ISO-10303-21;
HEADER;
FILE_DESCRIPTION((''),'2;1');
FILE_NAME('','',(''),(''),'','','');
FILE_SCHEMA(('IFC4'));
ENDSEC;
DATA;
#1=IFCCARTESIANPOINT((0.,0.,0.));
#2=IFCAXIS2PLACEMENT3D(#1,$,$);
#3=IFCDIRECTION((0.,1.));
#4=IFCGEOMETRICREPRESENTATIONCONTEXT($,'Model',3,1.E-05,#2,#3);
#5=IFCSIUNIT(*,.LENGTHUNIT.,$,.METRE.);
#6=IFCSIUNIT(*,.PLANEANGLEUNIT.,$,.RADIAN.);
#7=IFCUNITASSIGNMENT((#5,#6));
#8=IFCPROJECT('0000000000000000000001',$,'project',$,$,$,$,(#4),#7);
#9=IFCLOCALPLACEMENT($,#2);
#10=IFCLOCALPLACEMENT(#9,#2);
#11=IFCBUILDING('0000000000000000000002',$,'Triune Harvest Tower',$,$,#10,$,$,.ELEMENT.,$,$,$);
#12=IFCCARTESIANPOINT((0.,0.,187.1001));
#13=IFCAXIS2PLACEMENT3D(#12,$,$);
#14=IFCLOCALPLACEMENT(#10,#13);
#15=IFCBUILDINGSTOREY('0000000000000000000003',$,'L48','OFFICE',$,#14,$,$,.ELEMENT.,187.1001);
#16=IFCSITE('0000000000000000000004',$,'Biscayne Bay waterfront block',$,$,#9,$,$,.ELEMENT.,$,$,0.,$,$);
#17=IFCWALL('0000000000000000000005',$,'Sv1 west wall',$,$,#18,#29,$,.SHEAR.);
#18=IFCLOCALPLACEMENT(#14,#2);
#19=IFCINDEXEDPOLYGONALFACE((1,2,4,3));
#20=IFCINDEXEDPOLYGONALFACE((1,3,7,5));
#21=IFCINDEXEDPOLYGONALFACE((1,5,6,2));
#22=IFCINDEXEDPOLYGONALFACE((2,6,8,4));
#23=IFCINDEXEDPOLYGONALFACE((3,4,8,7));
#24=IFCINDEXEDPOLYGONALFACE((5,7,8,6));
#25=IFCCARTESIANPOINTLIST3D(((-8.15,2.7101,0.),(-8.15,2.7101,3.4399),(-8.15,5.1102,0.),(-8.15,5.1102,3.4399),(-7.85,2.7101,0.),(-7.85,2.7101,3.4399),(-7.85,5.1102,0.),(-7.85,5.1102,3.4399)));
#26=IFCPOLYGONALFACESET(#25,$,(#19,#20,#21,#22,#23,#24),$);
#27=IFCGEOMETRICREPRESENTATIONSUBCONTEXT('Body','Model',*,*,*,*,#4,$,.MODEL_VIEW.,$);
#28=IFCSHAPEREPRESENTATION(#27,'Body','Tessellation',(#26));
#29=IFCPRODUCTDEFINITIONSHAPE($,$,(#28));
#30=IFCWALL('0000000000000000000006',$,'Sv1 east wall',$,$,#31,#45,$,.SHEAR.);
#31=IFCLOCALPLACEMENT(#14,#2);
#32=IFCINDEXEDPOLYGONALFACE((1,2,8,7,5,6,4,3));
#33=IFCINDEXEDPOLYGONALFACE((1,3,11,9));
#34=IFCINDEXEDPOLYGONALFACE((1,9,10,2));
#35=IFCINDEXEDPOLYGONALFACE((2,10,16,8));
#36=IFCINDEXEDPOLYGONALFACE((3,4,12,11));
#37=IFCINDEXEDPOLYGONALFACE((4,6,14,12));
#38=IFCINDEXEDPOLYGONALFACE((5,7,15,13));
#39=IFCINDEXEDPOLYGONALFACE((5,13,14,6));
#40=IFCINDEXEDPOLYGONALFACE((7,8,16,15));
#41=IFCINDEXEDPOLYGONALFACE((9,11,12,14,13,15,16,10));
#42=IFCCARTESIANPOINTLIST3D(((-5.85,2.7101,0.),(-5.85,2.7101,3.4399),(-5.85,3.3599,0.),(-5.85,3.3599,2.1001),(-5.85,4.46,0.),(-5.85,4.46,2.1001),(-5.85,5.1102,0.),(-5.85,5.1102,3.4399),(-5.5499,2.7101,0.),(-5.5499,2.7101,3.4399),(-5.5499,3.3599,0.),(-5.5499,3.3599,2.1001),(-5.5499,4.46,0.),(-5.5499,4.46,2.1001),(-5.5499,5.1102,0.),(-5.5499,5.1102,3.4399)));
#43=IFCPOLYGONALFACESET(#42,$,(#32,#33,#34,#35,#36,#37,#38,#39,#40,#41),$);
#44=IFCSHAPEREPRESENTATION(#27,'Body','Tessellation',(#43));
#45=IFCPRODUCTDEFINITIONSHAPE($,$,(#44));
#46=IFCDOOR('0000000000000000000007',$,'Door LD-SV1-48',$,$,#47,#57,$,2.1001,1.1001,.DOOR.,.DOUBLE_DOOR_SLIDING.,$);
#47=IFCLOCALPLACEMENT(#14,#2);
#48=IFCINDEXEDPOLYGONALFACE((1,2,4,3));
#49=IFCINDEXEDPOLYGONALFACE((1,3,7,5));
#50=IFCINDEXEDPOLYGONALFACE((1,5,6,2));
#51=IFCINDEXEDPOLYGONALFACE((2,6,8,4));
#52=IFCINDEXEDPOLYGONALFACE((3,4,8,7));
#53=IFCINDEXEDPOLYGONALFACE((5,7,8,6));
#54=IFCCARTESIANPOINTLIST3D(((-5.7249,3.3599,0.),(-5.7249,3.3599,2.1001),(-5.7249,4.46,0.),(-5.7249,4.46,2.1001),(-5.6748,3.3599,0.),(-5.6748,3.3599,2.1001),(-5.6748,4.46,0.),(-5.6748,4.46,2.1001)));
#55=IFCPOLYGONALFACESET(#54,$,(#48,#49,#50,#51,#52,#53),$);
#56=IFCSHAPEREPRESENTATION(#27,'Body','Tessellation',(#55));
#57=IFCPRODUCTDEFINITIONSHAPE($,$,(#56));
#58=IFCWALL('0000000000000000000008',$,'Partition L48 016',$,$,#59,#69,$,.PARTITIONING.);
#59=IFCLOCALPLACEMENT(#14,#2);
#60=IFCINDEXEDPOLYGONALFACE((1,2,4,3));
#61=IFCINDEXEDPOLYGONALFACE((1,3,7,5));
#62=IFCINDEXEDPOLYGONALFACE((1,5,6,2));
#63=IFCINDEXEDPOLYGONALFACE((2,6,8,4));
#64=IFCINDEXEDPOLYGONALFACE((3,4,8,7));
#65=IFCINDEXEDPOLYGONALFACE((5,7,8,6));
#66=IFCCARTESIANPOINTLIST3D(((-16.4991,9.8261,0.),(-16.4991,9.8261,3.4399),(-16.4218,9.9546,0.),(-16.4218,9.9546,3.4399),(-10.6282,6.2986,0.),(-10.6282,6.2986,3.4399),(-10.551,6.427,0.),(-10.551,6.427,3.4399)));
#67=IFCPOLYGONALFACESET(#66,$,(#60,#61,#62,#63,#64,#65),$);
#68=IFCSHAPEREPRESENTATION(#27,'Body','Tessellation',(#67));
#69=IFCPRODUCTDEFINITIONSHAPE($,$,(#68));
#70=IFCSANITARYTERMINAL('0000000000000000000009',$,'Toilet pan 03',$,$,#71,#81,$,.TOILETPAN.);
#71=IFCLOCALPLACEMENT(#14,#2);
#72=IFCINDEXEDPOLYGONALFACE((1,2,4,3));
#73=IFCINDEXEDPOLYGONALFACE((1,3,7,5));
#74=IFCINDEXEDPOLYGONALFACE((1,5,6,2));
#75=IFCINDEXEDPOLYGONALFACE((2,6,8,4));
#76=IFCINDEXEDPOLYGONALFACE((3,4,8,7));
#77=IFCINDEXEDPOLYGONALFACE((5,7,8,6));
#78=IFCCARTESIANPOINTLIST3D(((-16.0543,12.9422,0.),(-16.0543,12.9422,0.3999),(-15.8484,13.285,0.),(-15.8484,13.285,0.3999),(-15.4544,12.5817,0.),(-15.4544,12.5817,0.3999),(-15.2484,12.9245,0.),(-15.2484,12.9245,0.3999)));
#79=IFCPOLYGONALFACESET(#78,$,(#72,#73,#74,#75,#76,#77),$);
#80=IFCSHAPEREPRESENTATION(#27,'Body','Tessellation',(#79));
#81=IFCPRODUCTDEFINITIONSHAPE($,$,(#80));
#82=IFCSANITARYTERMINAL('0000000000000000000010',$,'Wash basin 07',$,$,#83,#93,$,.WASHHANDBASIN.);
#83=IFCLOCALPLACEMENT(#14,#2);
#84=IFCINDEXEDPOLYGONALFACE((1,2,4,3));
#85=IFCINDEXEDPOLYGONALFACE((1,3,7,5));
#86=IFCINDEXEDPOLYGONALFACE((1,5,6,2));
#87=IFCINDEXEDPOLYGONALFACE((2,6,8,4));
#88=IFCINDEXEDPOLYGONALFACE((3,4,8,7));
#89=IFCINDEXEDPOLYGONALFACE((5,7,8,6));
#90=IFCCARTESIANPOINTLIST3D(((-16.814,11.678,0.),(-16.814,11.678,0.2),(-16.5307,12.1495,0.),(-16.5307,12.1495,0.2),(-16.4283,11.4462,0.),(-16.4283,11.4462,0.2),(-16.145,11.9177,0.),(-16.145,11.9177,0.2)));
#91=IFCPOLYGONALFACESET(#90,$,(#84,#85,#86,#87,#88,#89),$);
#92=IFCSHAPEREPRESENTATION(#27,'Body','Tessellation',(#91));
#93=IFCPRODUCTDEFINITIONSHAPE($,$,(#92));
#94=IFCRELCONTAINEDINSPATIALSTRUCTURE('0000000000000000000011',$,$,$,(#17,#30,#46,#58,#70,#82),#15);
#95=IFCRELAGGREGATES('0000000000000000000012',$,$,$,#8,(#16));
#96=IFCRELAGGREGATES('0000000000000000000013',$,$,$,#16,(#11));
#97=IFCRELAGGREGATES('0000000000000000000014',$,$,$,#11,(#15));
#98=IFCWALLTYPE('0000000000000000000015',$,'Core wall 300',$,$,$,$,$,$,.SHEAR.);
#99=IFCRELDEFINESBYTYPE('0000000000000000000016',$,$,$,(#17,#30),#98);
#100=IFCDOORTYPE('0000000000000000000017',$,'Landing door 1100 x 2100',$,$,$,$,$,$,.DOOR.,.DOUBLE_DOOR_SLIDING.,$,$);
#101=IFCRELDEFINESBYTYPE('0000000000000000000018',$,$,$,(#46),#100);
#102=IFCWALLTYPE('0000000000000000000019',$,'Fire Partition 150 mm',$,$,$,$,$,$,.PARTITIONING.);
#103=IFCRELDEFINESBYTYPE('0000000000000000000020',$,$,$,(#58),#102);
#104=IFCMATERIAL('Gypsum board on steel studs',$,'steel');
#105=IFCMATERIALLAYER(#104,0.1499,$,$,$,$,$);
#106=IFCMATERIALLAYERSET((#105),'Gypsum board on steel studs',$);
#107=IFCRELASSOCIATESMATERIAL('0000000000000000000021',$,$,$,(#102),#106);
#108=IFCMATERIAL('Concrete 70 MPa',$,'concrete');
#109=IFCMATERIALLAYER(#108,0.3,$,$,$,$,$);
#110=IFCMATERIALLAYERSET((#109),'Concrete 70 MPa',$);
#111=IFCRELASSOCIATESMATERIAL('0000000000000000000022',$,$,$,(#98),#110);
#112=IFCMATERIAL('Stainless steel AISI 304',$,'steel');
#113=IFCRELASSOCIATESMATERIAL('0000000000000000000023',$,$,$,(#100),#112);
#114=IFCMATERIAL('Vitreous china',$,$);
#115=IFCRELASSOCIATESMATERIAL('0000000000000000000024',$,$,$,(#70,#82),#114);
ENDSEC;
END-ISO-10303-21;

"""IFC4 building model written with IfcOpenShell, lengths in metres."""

from ifc_helpers import new_model, si_unit, direction, frame, frame_2d, origin, origin_2d, place, context, subcontext, project, spatial, rectangle, extrude, source, transform, mapped, material, layer, layer_set, type_object, element, fill, save


model = new_model("IFC4")

# Units and contexts
model_context = context("Model", 3, precision=1e-05, world=origin(), true_north=direction((0.0, 1.0)))
body_context = subcontext(model_context, "Body", "Model", "MODEL_VIEW")
ifc_project = project(units=[si_unit("LENGTHUNIT", "METRE"), si_unit("PLANEANGLEUNIT", "RADIAN")], contexts=[model_context])

# Site, building, storey
site_placement = place(None, origin())
site = spatial("IfcSite", under=ifc_project, at=site_placement, Name="Biscayne Bay waterfront block", CompositionType="ELEMENT", RefElevation=0.0)
building_placement = place(site_placement, origin())
building = spatial("IfcBuilding", under=site, at=building_placement, Name="Triune Harvest Tower", CompositionType="ELEMENT")
storey_placement = place(building_placement, frame((0.0, 0.0, 187.1001)))
storey = spatial("IfcBuildingStorey", under=building, at=storey_placement, Name="L48", Description="OFFICE", CompositionType="ELEMENT", Elevation=187.1001)

# Shared definitions
ifc_material_1 = material(Name="Gypsum board on steel studs", Category="steel")
ifc_layer_1 = layer(ifc_material_1, 0.1499)
ifc_layer_set_1 = layer_set([ifc_layer_1], Name="Gypsum board on steel studs")
wall_type_1 = type_object("IfcWallType", Name="Fire Partition 150 mm", PredefinedType="PARTITIONING", material=ifc_layer_set_1)

# Wall
ifc_material_2 = material(Name="Concrete 70 MPa", Category="concrete")
ifc_layer_2 = layer(ifc_material_2, 0.3)
ifc_layer_set_2 = layer_set([ifc_layer_2], Name="Concrete 70 MPa")
wall_type_2 = type_object("IfcWallType", Name="Core wall 300", PredefinedType="SHEAR", material=ifc_layer_set_2)
shared_shape_1 = source(origin(), body_context, "Body", "SweptSolid", [
    extrude(rectangle(XDim=2.4001, YDim=0.3, at=frame_2d((1.2002, 0.0))), origin(), (0.0, 0.0, 1.0), 3.4399),
])
wall_1_placement = place(storey_placement, frame((-8.0, 2.71, 0.0), z_axis=(0.0, 0.0, 1.0), x_axis=(0.0, 1.0, 0.0)))
element("IfcWall", 1, at=wall_1_placement, inside=storey, type_object=wall_type_2, Name="Sv1 west wall", PredefinedType="SHEAR", context=body_context, shape_type="MappedRepresentation", body=[
    mapped(shared_shape_1, transform((0.0, 0.0, 0.0), scale=1.0)),
])

# Wall, opening, door
wall_2_placement = place(storey_placement, frame((-5.7, 2.71, 0.0), z_axis=(0.0, 0.0, 1.0), x_axis=(0.0, 1.0, 0.0)))
wall_2 = element("IfcWall", 2, at=wall_2_placement, inside=storey, type_object=wall_type_2, Name="Sv1 east wall", PredefinedType="SHEAR", context=body_context, shape_type="MappedRepresentation", body=[
    mapped(shared_shape_1, transform((0.0, 0.0, 0.0), scale=1.0)),
])
opening_1_placement = place(wall_2_placement, frame((0.6499, 0.0, 0.0)))
opening_1 = element("IfcOpeningElement", 3, at=opening_1_placement, cuts=wall_2, PredefinedType="OPENING", context=body_context, shape_type="SweptSolid", body=[
    extrude(rectangle(XDim=1.1001, YDim=2.1001, at=frame_2d((0.55, 1.05))), frame((0.0, 0.1602, 0.0), z_axis=(0.0, -1.0, 0.0), x_axis=(1.0, 0.0, 0.0)), (0.0, 0.0, 1.0), 0.3201),
])
ifc_material_3 = material(Name="Stainless steel AISI 304", Category="steel")
door_type_1 = type_object("IfcDoorType", Name="Landing door 1100 x 2100", OperationType="DOUBLE_DOOR_SLIDING", PredefinedType="DOOR", material=ifc_material_3)
door_1_placement = place(opening_1_placement, origin())
door_1 = element("IfcDoor", 4, at=door_1_placement, inside=storey, type_object=door_type_1, Name="Door LD-SV1-48", OperationType="DOUBLE_DOOR_SLIDING", OverallHeight=2.1001, OverallWidth=1.1001, PredefinedType="DOOR", context=body_context, shape_type="SweptSolid", body=[
    extrude(rectangle(XDim=1.1001, YDim=2.1001, at=frame_2d((0.55, 1.05))), frame((0.0, 0.0249, 0.0), z_axis=(0.0, -1.0, 0.0), x_axis=(1.0, 0.0, 0.0)), (0.0, 0.0, 1.0), 0.05),
])
fill(opening_1, door_1)

# Wall
shared_shape_2 = source(origin(), body_context, "Body", "SweptSolid", [
    extrude(rectangle(XDim=6.8491, YDim=0.1499, at=frame_2d((3.4246, 0.0))), origin(), (0.0, 0.0, 1.0), 3.4399),
])
wall_3_placement = place(storey_placement, frame((-16.4604, 9.8904, 0.0), z_axis=(0.0, 0.0, 1.0), x_axis=(0.857166, -0.515041, 0.0)))
element("IfcWall", 5, at=wall_3_placement, inside=storey, type_object=wall_type_1, Name="Partition L48 016", PredefinedType="PARTITIONING", context=body_context, shape_type="MappedRepresentation", body=[
    mapped(shared_shape_2, transform((0.0, 0.0, 0.0), scale=1.0)),
])

# Sanitary terminals
ifc_material_4 = material(Name="Vitreous china")
shared_shape_3 = source(origin(), body_context, "Body", "SweptSolid", [
    extrude(rectangle(XDim=0.3999, YDim=0.7, at=origin_2d()), origin(), (0.0, 0.0, 1.0), 0.3999),
])
sanitary_terminal_1_placement = place(storey_placement, frame((-15.6514, 12.9333, 0.0), z_axis=(0.0, 0.0, 1.0), x_axis=(0.515038, 0.857167, 0.0)))
element("IfcSanitaryTerminal", 6, at=sanitary_terminal_1_placement, inside=storey, material=ifc_material_4, Name="Toilet pan 03", PredefinedType="TOILETPAN", context=body_context, shape_type="MappedRepresentation", body=[
    mapped(shared_shape_3, transform((0.0, 0.0, 0.0), scale=1.0)),
])
shared_shape_4 = source(origin(), body_context, "Body", "SweptSolid", [
    extrude(rectangle(XDim=0.55, YDim=0.45, at=origin_2d()), origin(), (0.0, 0.0, 1.0), 0.2),
])
sanitary_terminal_2_placement = place(storey_placement, frame((-16.4795, 11.7979, 0.0), z_axis=(0.0, 0.0, 1.0), x_axis=(0.515008, 0.857185, 0.0)))
element("IfcSanitaryTerminal", 7, at=sanitary_terminal_2_placement, inside=storey, material=ifc_material_4, Name="Wash basin 07", PredefinedType="WASHHANDBASIN", context=body_context, shape_type="MappedRepresentation", body=[
    mapped(shared_shape_4, transform((0.0, 0.0, 0.0), scale=1.0)),
])

save(model, "model.ifc")
